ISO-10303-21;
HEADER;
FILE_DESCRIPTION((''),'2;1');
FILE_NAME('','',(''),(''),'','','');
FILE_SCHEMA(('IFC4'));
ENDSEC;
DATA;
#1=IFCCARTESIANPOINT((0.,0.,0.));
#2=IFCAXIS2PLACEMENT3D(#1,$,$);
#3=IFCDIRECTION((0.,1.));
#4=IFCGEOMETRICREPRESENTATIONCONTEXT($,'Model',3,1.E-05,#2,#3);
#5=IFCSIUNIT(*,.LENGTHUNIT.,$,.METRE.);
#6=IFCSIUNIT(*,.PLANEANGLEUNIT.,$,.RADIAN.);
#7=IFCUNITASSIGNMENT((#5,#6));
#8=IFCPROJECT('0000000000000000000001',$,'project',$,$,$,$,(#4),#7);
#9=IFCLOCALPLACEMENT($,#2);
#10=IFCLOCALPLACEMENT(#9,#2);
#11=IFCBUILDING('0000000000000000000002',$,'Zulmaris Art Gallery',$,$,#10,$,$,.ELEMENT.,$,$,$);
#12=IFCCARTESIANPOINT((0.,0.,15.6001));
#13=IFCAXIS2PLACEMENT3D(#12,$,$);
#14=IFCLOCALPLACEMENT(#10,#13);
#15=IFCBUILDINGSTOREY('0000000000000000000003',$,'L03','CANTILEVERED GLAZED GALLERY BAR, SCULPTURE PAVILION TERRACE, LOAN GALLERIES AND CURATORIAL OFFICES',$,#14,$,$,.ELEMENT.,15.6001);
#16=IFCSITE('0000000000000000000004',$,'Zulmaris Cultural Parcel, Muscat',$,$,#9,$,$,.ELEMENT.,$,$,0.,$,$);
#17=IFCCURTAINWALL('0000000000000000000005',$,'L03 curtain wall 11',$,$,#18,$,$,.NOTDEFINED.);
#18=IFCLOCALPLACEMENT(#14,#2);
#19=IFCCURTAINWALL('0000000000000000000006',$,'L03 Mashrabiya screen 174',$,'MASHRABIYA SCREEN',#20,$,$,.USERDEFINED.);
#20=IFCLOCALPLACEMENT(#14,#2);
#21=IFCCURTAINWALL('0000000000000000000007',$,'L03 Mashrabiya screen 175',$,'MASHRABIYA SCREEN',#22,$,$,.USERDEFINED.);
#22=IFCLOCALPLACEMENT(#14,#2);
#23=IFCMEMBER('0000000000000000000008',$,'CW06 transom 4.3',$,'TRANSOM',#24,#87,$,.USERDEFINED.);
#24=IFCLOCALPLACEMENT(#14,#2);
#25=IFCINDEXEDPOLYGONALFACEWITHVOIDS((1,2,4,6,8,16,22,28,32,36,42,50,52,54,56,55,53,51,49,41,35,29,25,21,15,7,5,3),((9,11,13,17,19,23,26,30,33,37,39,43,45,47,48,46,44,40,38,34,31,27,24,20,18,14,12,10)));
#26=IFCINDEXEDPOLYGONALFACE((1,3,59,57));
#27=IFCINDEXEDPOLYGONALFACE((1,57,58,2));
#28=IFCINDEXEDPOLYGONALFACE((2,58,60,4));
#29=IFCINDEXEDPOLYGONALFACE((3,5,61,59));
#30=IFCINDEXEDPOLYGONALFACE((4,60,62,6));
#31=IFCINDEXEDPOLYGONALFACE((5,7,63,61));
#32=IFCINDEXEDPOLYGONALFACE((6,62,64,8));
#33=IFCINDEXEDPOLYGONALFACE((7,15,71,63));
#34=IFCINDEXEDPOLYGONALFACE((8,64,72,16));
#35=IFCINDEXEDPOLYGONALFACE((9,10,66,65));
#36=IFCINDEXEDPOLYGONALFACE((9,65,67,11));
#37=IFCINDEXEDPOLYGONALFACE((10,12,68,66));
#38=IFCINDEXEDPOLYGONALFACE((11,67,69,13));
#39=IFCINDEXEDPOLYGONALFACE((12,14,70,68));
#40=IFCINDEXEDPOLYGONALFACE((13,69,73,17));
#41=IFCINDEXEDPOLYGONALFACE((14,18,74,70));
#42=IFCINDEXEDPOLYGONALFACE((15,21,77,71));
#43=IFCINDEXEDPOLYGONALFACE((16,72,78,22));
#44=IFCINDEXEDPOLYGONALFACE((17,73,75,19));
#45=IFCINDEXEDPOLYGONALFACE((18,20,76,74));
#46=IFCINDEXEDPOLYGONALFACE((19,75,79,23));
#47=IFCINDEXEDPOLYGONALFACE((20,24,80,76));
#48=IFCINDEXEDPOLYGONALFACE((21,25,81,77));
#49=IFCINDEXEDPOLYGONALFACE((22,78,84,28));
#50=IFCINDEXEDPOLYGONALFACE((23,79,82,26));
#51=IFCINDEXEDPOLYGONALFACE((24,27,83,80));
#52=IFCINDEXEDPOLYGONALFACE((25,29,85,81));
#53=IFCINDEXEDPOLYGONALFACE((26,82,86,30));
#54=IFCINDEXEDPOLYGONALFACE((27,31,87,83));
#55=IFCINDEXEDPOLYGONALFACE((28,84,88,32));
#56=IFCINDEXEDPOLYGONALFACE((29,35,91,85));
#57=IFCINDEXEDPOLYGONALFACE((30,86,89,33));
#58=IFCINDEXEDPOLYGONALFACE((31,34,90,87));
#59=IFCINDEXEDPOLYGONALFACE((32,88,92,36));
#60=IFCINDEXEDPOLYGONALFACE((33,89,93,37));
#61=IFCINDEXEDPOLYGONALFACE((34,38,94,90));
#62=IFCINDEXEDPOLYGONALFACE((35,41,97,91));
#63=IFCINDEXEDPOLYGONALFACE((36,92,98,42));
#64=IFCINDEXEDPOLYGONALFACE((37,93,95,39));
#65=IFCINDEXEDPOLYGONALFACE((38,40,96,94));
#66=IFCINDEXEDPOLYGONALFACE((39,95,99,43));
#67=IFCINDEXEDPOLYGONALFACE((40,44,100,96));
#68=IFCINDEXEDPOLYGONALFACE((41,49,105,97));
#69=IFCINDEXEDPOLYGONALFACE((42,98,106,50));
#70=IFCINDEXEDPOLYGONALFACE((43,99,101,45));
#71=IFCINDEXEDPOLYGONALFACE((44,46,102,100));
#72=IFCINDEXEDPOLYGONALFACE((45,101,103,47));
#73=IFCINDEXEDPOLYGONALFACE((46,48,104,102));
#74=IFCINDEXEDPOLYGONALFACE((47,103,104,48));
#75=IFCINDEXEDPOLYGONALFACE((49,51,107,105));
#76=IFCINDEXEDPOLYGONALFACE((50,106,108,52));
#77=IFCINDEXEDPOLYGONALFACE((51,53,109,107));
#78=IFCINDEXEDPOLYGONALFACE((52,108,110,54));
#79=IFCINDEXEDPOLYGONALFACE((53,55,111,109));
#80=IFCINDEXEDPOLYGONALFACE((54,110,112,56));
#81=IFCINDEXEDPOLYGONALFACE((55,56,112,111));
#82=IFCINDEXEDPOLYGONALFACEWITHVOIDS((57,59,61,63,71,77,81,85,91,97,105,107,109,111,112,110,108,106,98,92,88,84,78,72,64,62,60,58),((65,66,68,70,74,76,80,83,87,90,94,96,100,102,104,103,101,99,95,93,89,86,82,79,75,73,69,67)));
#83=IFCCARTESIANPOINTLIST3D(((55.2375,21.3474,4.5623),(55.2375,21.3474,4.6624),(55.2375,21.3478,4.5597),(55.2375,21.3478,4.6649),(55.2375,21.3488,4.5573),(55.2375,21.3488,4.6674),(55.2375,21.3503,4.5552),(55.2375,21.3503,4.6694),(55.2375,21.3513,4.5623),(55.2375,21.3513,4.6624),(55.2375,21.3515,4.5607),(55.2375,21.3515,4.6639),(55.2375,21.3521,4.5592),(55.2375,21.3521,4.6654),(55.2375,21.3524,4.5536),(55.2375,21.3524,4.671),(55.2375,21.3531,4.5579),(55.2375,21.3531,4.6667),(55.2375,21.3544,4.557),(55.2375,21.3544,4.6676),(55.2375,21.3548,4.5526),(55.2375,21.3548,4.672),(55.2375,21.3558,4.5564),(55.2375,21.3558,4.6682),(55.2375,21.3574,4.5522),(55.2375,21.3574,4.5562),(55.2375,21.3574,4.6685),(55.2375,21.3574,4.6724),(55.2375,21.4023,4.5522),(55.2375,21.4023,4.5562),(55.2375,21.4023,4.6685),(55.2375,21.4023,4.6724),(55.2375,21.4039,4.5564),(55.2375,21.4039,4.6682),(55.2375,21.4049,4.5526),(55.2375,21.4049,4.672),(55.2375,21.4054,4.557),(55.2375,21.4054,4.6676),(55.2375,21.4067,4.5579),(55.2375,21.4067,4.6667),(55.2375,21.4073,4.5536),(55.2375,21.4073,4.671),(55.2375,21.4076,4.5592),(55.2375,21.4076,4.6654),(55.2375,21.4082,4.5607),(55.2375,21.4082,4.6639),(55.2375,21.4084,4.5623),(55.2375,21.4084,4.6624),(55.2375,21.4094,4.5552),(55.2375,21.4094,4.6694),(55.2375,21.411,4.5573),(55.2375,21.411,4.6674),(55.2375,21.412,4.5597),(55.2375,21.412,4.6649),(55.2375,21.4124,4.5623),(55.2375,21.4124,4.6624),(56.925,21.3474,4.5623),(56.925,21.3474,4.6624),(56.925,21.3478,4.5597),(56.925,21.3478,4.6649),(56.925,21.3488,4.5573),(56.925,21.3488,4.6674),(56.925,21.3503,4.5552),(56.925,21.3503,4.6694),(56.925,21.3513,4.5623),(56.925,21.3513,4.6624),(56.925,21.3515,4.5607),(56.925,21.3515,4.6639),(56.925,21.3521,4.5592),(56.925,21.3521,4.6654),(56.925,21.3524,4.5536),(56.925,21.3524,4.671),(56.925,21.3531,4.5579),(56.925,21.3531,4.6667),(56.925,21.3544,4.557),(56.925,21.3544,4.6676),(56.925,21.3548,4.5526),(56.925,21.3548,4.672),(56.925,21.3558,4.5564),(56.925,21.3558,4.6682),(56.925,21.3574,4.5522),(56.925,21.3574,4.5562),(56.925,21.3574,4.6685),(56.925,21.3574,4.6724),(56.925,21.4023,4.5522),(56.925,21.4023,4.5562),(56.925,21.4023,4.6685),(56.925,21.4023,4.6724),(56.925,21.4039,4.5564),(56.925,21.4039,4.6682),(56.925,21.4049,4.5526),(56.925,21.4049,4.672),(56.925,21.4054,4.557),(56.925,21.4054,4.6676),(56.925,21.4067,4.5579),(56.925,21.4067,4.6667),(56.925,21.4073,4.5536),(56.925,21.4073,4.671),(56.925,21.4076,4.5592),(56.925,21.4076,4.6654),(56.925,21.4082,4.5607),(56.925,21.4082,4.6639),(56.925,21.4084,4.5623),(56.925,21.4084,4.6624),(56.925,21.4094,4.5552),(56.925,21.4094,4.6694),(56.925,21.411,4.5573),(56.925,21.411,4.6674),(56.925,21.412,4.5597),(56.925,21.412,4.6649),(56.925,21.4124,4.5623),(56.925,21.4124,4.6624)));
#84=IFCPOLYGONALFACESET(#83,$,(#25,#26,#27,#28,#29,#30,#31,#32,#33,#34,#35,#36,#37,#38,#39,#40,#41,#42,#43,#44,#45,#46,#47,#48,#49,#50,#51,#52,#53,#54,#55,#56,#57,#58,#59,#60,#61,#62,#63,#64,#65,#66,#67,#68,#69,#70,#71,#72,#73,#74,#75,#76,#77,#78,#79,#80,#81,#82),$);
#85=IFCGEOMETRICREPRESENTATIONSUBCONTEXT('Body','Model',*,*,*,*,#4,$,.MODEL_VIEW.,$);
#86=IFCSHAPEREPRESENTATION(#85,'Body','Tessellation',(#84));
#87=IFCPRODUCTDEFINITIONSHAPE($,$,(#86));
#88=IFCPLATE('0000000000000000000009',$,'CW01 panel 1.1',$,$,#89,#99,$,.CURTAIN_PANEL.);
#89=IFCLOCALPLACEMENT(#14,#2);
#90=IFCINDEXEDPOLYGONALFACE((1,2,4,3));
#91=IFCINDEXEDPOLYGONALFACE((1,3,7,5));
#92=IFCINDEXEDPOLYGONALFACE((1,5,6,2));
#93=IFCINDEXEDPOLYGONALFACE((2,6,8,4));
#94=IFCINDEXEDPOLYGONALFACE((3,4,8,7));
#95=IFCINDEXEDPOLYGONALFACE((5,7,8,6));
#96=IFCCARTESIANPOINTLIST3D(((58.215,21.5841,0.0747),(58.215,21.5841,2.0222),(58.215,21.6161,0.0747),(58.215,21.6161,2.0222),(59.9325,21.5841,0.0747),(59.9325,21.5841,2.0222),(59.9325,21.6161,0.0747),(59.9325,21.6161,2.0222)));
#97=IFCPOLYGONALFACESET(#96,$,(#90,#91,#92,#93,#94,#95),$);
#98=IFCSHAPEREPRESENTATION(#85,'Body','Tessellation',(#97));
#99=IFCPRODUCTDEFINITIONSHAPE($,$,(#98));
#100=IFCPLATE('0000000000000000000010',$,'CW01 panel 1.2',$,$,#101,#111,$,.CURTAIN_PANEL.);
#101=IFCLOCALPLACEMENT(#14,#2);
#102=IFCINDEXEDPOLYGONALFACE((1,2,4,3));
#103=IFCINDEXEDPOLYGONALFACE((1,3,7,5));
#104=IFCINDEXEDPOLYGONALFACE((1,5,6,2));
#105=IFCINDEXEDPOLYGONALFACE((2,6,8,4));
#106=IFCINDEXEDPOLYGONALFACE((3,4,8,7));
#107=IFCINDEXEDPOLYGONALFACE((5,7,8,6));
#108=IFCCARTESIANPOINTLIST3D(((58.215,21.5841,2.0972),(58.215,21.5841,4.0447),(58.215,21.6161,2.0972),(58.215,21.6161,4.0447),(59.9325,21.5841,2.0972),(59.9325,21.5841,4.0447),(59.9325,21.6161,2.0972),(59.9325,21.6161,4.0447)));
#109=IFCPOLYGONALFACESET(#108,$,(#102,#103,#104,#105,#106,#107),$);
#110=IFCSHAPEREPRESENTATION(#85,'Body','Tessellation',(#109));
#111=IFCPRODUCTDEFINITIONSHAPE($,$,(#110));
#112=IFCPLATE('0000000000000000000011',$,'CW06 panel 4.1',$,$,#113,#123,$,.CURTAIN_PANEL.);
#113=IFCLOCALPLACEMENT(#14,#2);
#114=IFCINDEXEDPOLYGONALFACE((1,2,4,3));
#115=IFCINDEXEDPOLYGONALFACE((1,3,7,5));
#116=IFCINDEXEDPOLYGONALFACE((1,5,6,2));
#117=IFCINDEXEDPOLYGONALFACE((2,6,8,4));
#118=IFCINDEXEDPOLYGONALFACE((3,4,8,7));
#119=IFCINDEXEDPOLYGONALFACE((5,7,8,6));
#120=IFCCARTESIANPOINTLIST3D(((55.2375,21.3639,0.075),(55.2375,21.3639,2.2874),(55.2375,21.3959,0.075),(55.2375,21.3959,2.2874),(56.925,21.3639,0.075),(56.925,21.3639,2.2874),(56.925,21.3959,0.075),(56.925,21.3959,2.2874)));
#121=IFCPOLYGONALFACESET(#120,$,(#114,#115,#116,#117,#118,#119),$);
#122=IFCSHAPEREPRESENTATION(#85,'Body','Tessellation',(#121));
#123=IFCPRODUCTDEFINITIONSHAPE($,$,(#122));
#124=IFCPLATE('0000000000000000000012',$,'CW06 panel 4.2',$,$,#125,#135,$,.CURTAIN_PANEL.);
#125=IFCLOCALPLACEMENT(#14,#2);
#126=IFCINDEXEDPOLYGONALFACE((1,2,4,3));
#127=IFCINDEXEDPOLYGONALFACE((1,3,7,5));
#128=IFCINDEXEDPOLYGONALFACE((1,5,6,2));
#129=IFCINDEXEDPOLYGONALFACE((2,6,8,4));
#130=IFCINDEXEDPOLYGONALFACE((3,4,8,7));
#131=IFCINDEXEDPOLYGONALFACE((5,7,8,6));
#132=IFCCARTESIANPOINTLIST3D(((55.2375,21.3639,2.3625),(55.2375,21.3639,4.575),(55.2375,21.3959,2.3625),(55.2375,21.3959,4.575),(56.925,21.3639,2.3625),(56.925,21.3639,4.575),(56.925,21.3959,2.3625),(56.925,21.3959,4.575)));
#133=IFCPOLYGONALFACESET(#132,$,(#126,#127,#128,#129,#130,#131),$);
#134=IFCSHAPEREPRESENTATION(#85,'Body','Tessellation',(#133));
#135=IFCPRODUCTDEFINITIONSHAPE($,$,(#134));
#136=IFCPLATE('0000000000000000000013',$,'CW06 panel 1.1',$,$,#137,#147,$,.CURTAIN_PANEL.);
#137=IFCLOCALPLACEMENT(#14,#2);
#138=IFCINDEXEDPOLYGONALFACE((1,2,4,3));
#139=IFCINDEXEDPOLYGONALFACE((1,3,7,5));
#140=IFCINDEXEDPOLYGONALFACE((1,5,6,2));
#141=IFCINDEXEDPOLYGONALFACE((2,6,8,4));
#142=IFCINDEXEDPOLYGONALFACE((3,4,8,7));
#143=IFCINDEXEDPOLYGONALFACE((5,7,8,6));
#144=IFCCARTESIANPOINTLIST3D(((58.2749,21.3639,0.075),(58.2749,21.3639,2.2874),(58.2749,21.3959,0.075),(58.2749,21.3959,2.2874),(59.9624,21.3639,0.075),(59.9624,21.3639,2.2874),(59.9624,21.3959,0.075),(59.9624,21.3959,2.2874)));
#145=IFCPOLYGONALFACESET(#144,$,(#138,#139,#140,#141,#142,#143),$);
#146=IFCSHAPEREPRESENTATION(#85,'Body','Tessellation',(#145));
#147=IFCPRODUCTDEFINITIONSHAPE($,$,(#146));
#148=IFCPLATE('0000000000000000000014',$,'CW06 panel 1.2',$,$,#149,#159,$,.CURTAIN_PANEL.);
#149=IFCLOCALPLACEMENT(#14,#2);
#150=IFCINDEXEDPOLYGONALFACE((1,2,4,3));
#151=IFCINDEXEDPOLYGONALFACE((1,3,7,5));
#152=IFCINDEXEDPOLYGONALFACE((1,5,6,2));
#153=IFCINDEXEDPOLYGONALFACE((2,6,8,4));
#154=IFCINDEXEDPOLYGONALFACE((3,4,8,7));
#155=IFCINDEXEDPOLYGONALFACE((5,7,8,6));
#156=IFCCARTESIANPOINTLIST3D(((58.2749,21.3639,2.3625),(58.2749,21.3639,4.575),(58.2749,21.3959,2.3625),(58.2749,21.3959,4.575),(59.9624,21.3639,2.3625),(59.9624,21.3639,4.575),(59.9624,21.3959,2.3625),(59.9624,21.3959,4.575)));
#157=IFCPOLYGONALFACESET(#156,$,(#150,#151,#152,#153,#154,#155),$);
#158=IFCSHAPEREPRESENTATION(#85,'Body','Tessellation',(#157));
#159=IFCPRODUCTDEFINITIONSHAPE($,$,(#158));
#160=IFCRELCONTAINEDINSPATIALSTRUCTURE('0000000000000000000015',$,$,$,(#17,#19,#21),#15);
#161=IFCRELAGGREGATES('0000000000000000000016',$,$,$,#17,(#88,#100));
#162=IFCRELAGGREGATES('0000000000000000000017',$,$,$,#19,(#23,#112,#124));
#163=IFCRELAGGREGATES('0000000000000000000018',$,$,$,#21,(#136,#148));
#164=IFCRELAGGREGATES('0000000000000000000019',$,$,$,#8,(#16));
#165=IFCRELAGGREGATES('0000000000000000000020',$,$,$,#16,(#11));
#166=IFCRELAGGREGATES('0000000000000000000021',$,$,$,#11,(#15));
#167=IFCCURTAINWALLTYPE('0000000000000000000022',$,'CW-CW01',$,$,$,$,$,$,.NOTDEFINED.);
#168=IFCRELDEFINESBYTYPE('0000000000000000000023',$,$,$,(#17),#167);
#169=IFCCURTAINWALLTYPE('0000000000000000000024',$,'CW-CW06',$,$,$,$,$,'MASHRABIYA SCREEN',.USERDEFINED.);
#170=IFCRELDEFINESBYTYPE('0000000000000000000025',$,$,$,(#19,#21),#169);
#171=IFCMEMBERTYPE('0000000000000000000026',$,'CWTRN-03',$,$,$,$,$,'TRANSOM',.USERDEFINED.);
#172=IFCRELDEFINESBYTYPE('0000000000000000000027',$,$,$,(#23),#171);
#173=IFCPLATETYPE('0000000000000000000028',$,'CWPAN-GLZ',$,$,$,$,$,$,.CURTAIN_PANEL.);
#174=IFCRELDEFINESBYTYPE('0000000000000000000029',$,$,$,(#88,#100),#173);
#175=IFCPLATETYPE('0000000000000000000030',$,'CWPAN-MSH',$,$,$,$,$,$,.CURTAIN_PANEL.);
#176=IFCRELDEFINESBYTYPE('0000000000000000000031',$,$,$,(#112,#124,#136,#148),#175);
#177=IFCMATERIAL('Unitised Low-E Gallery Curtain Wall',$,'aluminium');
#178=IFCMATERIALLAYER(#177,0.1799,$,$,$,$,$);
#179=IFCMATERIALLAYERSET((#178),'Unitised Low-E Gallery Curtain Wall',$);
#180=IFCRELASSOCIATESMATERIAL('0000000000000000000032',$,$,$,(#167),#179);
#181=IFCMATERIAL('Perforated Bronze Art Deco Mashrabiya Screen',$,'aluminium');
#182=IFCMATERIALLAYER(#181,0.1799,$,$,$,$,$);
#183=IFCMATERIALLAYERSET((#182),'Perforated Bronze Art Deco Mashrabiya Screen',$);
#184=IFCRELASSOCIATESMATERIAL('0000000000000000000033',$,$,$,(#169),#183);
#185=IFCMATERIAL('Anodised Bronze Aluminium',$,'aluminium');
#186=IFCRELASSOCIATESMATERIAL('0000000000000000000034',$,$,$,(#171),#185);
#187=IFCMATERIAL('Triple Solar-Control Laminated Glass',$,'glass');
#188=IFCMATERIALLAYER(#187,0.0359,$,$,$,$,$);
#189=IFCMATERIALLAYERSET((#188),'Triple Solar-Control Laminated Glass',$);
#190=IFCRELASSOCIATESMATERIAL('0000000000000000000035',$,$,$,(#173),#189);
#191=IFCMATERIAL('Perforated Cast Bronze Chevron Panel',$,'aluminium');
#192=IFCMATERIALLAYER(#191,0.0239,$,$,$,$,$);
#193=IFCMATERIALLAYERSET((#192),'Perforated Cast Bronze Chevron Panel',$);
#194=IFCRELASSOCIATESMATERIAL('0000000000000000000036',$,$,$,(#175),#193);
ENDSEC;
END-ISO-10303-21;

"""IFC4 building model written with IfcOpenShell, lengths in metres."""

from ifc_helpers import new_model, si_unit, direction, frame, origin, origin_2d, place, context, subcontext, project, spatial, rectangle, hollow_rectangle, extrude, material, layer, layer_set, material_profile, profile_set, type_object, element, aggregate, save


model = new_model("IFC4")

# Units and contexts
model_context = context("Model", 3, precision=1e-05, world=origin(), true_north=direction((0.0, 1.0)))
body_context = subcontext(model_context, "Body", "Model", "MODEL_VIEW")
ifc_project = project(units=[si_unit("LENGTHUNIT", "METRE"), si_unit("PLANEANGLEUNIT", "RADIAN")], contexts=[model_context])

# Site, building, storey
site_placement = place(None, origin())
site = spatial("IfcSite", under=ifc_project, at=site_placement, Name="Zulmaris Cultural Parcel, Muscat", CompositionType="ELEMENT", RefElevation=0.0)
building_placement = place(site_placement, origin())
building = spatial("IfcBuilding", under=site, at=building_placement, Name="Zulmaris Art Gallery", CompositionType="ELEMENT")
storey_placement = place(building_placement, frame((0.0, 0.0, 15.6001)))
storey = spatial("IfcBuildingStorey", under=building, at=storey_placement, Name="L03", Description="CANTILEVERED GLAZED GALLERY BAR, SCULPTURE PAVILION TERRACE, LOAN GALLERIES AND CURATORIAL OFFICES", CompositionType="ELEMENT", Elevation=15.6001)

# Curtain wall
ifc_material_1 = material(Name="Unitised Low-E Gallery Curtain Wall", Category="aluminium")
ifc_layer_1 = layer(ifc_material_1, 0.1799)
ifc_layer_set_1 = layer_set([ifc_layer_1], Name="Unitised Low-E Gallery Curtain Wall")
curtain_wall_type_1 = type_object("IfcCurtainWallType", Name="CW-CW01", PredefinedType="NOTDEFINED", material=ifc_layer_set_1)
curtain_wall_1_placement = place(storey_placement, origin())
curtain_wall_1 = element("IfcCurtainWall", 1, at=curtain_wall_1_placement, inside=storey, type_object=curtain_wall_type_1, Name="L03 curtain wall 11", PredefinedType="NOTDEFINED")
ifc_material_2 = material(Name="Anodised Bronze Aluminium", Category="aluminium")

# Curtain wall
ifc_material_3 = material(Name="Perforated Bronze Art Deco Mashrabiya Screen", Category="aluminium")
ifc_layer_2 = layer(ifc_material_3, 0.1799)
ifc_layer_set_2 = layer_set([ifc_layer_2], Name="Perforated Bronze Art Deco Mashrabiya Screen")
curtain_wall_type_2 = type_object("IfcCurtainWallType", Name="CW-CW06", ElementType="MASHRABIYA SCREEN", PredefinedType="USERDEFINED", material=ifc_layer_set_2)
curtain_wall_2_placement = place(storey_placement, origin())
curtain_wall_2 = element("IfcCurtainWall", 2, at=curtain_wall_2_placement, inside=storey, type_object=curtain_wall_type_2, Name="L03 Mashrabiya screen 174", ObjectType="MASHRABIYA SCREEN", PredefinedType="USERDEFINED")

# Curtain wall
curtain_wall_3_placement = place(storey_placement, origin())
curtain_wall_3 = element("IfcCurtainWall", 3, at=curtain_wall_3_placement, inside=storey, type_object=curtain_wall_type_2, Name="L03 Mashrabiya screen 175", ObjectType="MASHRABIYA SCREEN", PredefinedType="USERDEFINED")

# Member
ifc_material_profile_1 = material_profile(ifc_material_2, hollow_rectangle(XDim=0.0649, YDim=0.1201, WallThickness=0.0039, InnerFilletRadius=0.0061, OuterFilletRadius=0.01, at=origin_2d()), Name="ALU 65x120x4")
ifc_profile_set_1 = profile_set([ifc_material_profile_1], Name="Anodised Bronze Aluminium")
member_type_1 = type_object("IfcMemberType", Name="CWTRN-03", ElementType="TRANSOM", PredefinedType="USERDEFINED", material=ifc_profile_set_1)
member_1_placement = place(storey_placement, frame((55.2375, 21.3799, 4.6123), z_axis=(1.0, 0.0, 0.0), x_axis=(0.0, 1.0, 0.0)))
member_1 = element("IfcMember", 4, at=member_1_placement, type_object=member_type_1, Name="CW06 transom 4.3", ObjectType="TRANSOM", PredefinedType="USERDEFINED", context=body_context, shape_type="SweptSolid", body=[
    extrude(hollow_rectangle(XDim=0.0649, YDim=0.1201, WallThickness=0.0039, InnerFilletRadius=0.0061, OuterFilletRadius=0.01, at=origin_2d()), origin(), (0.0, 0.0, 1.0), 1.6875),
])

# Plates
ifc_material_4 = material(Name="Triple Solar-Control Laminated Glass", Category="glass")
ifc_layer_3 = layer(ifc_material_4, 0.0359)
ifc_layer_set_3 = layer_set([ifc_layer_3], Name="Triple Solar-Control Laminated Glass")
plate_type_1 = type_object("IfcPlateType", Name="CWPAN-GLZ", PredefinedType="CURTAIN_PANEL", material=ifc_layer_set_3)
plate_1_placement = place(storey_placement, frame((59.0737, 21.6001, 0.0747), z_axis=(0.0, 0.0, 1.0), x_axis=(1.0, 0.0, 0.0)))
plate_1 = element("IfcPlate", 5, at=plate_1_placement, type_object=plate_type_1, Name="CW01 panel 1.1", PredefinedType="CURTAIN_PANEL", context=body_context, shape_type="SweptSolid", body=[
    extrude(rectangle(XDim=1.7175, YDim=0.032, at=origin_2d()), origin(), (0.0, 0.0, 1.0), 1.9475),
])
plate_2_placement = place(storey_placement, frame((59.0737, 21.6001, 2.0972), z_axis=(0.0, 0.0, 1.0), x_axis=(1.0, 0.0, 0.0)))
plate_2 = element("IfcPlate", 6, at=plate_2_placement, type_object=plate_type_1, Name="CW01 panel 1.2", PredefinedType="CURTAIN_PANEL", context=body_context, shape_type="SweptSolid", body=[
    extrude(rectangle(XDim=1.7175, YDim=0.032, at=origin_2d()), origin(), (0.0, 0.0, 1.0), 1.9475),
])
aggregate(curtain_wall_1, [plate_1, plate_2])
ifc_material_5 = material(Name="Perforated Cast Bronze Chevron Panel", Category="aluminium")
ifc_layer_4 = layer(ifc_material_5, 0.0239)
ifc_layer_set_4 = layer_set([ifc_layer_4], Name="Perforated Cast Bronze Chevron Panel")
plate_type_2 = type_object("IfcPlateType", Name="CWPAN-MSH", PredefinedType="CURTAIN_PANEL", material=ifc_layer_set_4)
plate_3_placement = place(storey_placement, frame((56.0813, 21.3799, 0.075), z_axis=(0.0, 0.0, 1.0), x_axis=(1.0, 0.0, 0.0)))
plate_3 = element("IfcPlate", 7, at=plate_3_placement, type_object=plate_type_2, Name="CW06 panel 4.1", PredefinedType="CURTAIN_PANEL", context=body_context, shape_type="SweptSolid", body=[
    extrude(rectangle(XDim=1.6875, YDim=0.032, at=origin_2d()), origin(), (0.0, 0.0, 1.0), 2.2124),
])
plate_4_placement = place(storey_placement, frame((56.0813, 21.3799, 2.3625), z_axis=(0.0, 0.0, 1.0), x_axis=(1.0, 0.0, 0.0)))
plate_4 = element("IfcPlate", 8, at=plate_4_placement, type_object=plate_type_2, Name="CW06 panel 4.2", PredefinedType="CURTAIN_PANEL", context=body_context, shape_type="SweptSolid", body=[
    extrude(rectangle(XDim=1.6875, YDim=0.032, at=origin_2d()), origin(), (0.0, 0.0, 1.0), 2.2124),
])
aggregate(curtain_wall_2, [member_1, plate_3, plate_4])
plate_5_placement = place(storey_placement, frame((59.1187, 21.3799, 0.075), z_axis=(0.0, 0.0, 1.0), x_axis=(1.0, 0.0, 0.0)))
plate_5 = element("IfcPlate", 9, at=plate_5_placement, type_object=plate_type_2, Name="CW06 panel 1.1", PredefinedType="CURTAIN_PANEL", context=body_context, shape_type="SweptSolid", body=[
    extrude(rectangle(XDim=1.6875, YDim=0.032, at=origin_2d()), origin(), (0.0, 0.0, 1.0), 2.2124),
])
plate_6_placement = place(storey_placement, frame((59.1187, 21.3799, 2.3625), z_axis=(0.0, 0.0, 1.0), x_axis=(1.0, 0.0, 0.0)))
plate_6 = element("IfcPlate", 10, at=plate_6_placement, type_object=plate_type_2, Name="CW06 panel 1.2", PredefinedType="CURTAIN_PANEL", context=body_context, shape_type="SweptSolid", body=[
    extrude(rectangle(XDim=1.6875, YDim=0.032, at=origin_2d()), origin(), (0.0, 0.0, 1.0), 2.2124),
])
aggregate(curtain_wall_3, [plate_5, plate_6])

save(model, "model.ifc")
